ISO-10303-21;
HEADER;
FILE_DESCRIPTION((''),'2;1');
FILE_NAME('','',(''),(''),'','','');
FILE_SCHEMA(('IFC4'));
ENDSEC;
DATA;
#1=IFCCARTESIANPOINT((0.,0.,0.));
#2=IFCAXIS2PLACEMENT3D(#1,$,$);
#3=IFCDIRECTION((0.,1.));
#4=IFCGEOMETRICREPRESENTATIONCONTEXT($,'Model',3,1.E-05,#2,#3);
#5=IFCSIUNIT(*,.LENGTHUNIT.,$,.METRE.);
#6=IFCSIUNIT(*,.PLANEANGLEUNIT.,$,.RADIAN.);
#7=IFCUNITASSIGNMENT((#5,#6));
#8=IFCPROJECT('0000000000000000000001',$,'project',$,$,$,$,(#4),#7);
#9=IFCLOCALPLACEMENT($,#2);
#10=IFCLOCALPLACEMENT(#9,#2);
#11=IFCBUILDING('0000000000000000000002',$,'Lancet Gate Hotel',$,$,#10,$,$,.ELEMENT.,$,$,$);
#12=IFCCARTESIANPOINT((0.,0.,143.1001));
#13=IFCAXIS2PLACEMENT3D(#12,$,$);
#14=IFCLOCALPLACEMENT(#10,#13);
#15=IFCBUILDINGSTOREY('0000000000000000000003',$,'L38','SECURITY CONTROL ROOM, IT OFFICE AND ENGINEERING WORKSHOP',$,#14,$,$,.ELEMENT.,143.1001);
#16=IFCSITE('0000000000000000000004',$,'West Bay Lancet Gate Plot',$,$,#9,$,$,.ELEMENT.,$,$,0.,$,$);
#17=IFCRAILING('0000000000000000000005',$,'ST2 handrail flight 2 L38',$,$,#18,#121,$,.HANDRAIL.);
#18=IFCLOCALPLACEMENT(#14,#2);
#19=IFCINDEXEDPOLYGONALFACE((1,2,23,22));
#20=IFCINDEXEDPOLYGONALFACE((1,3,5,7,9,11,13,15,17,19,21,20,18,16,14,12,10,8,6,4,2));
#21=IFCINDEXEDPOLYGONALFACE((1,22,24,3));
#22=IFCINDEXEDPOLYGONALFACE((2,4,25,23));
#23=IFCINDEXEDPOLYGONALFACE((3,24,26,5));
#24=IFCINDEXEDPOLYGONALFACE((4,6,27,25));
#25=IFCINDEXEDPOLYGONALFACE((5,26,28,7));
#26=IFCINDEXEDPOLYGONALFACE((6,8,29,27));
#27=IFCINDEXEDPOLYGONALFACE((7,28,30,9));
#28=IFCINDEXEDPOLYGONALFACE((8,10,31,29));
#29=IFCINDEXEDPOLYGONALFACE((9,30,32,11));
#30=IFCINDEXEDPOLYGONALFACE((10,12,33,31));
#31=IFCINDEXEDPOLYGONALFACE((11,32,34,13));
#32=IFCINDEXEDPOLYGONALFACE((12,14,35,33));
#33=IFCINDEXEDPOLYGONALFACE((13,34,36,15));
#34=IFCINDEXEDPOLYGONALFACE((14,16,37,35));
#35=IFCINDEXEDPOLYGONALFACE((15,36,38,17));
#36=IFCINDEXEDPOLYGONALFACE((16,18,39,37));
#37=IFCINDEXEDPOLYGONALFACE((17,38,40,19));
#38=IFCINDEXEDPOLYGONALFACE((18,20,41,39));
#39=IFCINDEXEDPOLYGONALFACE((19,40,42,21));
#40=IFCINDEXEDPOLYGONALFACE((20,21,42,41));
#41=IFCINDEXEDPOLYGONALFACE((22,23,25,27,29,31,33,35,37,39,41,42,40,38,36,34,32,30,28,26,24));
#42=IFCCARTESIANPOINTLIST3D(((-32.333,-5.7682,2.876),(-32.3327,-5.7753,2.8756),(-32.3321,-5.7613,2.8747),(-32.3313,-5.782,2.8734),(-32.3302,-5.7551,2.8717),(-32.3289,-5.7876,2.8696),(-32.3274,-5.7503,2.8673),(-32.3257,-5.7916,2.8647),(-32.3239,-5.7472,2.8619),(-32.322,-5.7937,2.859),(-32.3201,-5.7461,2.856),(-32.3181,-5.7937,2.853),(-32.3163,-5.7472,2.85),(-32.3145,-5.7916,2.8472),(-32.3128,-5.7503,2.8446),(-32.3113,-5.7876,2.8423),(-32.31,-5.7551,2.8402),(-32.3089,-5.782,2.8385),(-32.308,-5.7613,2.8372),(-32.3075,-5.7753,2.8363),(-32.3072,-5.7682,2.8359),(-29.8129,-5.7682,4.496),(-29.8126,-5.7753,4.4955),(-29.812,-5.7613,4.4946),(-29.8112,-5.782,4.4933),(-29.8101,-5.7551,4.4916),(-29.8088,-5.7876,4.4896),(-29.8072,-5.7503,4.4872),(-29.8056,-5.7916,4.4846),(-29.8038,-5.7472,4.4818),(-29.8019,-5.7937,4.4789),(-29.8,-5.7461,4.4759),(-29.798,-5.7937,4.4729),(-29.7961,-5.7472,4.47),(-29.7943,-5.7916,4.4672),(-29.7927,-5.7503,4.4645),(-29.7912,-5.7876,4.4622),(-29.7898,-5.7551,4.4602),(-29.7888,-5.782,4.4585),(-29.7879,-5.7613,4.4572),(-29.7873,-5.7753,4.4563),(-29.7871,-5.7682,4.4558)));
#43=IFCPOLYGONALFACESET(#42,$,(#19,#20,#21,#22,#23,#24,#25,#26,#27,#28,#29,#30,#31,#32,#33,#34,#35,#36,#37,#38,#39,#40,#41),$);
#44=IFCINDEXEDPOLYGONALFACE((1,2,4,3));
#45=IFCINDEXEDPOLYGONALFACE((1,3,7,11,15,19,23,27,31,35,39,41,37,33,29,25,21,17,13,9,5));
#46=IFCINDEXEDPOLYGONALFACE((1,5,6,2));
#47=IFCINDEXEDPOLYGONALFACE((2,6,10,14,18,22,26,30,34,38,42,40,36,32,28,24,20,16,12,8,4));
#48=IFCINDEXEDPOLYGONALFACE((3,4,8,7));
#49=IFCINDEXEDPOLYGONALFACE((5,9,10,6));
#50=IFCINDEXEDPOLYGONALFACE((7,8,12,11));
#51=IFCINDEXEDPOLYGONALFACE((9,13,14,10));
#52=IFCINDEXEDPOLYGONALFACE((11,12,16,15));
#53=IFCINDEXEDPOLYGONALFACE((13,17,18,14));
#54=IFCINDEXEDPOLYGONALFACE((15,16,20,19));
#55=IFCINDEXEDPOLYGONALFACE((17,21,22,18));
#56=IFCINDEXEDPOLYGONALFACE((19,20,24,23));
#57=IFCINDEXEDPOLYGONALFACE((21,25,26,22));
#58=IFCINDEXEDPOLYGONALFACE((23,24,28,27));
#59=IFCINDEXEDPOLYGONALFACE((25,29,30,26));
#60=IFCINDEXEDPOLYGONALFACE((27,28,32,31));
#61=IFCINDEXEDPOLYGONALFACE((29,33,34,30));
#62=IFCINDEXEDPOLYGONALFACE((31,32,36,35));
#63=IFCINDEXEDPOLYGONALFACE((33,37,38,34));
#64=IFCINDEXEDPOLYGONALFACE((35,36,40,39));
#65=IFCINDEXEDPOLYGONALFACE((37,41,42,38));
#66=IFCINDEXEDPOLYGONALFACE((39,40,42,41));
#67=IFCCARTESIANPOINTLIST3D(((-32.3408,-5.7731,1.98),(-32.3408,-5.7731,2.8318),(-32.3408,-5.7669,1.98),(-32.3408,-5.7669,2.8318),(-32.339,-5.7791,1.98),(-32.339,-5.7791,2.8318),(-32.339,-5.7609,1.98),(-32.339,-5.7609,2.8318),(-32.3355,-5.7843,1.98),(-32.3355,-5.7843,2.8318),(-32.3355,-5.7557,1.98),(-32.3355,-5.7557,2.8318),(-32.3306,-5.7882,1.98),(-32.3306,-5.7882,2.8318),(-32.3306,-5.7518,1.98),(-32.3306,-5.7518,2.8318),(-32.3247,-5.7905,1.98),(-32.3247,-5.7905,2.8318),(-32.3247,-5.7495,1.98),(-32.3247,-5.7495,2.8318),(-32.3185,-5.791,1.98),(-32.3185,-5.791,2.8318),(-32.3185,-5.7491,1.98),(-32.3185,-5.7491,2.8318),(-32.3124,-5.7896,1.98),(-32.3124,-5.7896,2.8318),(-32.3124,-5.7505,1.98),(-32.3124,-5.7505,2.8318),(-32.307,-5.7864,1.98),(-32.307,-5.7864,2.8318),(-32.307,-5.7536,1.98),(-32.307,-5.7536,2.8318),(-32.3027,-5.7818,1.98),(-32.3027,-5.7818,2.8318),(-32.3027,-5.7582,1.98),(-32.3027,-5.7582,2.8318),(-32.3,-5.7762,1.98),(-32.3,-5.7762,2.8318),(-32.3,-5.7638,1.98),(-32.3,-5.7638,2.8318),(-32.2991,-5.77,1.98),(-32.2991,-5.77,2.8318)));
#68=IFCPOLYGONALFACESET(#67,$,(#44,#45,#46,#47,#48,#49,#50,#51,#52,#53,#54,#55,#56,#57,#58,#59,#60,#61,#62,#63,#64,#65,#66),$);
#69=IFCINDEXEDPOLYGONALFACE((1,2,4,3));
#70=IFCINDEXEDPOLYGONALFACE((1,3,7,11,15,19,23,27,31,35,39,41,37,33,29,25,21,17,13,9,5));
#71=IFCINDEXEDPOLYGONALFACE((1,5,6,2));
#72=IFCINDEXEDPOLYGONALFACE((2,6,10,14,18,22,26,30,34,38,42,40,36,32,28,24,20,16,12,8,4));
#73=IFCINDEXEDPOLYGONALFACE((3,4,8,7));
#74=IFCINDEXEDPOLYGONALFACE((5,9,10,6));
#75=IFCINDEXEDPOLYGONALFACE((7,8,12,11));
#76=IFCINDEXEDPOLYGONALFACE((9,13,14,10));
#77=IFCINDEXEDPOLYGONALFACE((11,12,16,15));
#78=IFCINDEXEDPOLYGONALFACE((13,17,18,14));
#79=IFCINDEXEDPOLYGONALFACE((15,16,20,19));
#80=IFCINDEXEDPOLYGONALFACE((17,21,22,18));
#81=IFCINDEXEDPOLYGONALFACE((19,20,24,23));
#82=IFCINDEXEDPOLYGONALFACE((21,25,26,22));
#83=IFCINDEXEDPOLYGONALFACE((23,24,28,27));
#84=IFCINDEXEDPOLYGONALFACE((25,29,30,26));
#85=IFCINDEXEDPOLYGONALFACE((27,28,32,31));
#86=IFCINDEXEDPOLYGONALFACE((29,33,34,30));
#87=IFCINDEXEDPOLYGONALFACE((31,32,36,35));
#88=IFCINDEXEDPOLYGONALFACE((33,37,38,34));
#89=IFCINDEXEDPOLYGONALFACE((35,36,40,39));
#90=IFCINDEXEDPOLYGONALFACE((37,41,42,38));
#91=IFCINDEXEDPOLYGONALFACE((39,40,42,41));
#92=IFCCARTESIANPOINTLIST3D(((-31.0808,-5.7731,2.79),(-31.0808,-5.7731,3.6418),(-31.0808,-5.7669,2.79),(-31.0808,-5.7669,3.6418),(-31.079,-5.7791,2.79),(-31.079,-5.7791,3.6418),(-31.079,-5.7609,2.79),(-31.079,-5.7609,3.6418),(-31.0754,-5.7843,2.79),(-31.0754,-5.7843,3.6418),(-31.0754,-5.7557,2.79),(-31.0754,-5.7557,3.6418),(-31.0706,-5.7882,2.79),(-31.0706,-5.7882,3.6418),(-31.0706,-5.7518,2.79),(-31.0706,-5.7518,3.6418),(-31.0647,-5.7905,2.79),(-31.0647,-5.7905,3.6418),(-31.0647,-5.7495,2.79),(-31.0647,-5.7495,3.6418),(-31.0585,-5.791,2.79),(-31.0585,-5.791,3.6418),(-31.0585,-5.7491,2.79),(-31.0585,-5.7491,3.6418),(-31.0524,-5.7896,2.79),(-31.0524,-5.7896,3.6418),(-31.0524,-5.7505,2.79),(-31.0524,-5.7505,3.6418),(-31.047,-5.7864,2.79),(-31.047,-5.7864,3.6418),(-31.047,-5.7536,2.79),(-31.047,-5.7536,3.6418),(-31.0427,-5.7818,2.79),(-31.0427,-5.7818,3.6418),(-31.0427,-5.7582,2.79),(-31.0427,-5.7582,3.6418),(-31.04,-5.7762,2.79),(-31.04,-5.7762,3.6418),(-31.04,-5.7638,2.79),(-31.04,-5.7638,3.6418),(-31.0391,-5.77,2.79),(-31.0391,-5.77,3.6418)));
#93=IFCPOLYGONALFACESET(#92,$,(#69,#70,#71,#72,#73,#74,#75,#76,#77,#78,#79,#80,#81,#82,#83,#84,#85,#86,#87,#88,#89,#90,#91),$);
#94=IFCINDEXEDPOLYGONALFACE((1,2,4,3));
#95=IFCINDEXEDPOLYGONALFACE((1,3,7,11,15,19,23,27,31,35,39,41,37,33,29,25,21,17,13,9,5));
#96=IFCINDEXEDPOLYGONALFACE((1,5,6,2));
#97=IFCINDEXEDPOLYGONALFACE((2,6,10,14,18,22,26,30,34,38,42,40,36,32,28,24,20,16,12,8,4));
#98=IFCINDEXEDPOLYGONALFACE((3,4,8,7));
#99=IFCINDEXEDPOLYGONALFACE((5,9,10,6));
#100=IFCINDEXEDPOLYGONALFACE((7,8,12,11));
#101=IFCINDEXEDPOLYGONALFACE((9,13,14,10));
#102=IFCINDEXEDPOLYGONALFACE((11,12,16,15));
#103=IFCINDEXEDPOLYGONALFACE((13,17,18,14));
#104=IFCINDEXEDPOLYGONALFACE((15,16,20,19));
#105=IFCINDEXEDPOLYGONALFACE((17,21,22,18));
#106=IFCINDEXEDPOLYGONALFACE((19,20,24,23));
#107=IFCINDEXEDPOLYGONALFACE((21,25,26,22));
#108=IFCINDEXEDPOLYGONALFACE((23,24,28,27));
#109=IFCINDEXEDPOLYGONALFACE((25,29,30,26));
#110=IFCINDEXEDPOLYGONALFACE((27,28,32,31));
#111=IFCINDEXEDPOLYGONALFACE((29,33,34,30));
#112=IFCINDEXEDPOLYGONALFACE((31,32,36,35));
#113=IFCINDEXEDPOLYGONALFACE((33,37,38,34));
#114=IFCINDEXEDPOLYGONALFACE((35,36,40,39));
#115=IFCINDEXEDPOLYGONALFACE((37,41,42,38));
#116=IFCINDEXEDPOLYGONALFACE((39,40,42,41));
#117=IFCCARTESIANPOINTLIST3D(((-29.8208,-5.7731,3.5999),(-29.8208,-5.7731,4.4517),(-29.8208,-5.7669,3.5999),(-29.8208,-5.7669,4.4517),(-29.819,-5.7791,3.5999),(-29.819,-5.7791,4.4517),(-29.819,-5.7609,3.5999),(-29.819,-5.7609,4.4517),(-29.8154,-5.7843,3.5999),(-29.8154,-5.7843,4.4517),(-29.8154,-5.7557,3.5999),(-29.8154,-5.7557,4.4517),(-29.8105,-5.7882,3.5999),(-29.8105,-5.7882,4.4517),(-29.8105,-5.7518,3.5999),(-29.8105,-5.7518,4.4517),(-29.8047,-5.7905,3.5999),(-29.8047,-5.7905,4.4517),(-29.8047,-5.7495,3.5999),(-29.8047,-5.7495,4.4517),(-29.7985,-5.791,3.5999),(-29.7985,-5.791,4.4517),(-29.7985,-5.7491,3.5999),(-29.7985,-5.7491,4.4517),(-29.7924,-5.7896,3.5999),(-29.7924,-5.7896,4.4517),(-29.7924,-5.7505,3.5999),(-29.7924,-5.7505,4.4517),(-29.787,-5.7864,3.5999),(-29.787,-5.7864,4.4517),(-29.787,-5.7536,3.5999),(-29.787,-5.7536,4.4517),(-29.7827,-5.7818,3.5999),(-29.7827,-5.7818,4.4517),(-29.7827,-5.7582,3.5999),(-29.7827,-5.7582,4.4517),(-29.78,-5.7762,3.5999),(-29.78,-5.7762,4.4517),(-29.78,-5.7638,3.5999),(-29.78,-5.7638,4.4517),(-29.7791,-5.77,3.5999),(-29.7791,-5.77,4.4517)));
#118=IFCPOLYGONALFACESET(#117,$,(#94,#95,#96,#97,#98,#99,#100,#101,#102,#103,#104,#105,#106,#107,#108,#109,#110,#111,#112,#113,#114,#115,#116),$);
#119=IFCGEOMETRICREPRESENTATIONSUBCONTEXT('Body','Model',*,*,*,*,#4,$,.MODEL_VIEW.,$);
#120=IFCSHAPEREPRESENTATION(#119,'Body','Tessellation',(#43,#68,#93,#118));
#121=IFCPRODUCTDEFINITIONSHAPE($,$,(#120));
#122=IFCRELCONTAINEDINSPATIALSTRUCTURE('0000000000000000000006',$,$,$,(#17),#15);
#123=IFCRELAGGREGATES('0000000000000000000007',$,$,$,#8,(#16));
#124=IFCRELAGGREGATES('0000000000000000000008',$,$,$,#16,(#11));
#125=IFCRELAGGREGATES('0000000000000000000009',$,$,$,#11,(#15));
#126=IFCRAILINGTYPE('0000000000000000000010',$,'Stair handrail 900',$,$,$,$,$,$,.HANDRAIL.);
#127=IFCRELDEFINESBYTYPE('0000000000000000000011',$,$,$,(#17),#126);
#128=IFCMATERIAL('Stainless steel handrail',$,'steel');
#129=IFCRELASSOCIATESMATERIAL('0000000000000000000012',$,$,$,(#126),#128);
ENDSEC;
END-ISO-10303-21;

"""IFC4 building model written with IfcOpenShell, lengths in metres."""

from ifc_helpers import new_model, si_unit, direction, frame, origin, origin_2d, place, context, subcontext, project, spatial, circle, extrude, material, type_object, element, save


model = new_model("IFC4")

# Units and contexts
model_context = context("Model", 3, precision=1e-05, world=origin(), true_north=direction((0.0, 1.0)))
body_context = subcontext(model_context, "Body", "Model", "MODEL_VIEW")
ifc_project = project(units=[si_unit("LENGTHUNIT", "METRE"), si_unit("PLANEANGLEUNIT", "RADIAN")], contexts=[model_context])

# Site, building, storey
site_placement = place(None, origin())
site = spatial("IfcSite", under=ifc_project, at=site_placement, Name="West Bay Lancet Gate Plot", CompositionType="ELEMENT", RefElevation=0.0)
building_placement = place(site_placement, origin())
building = spatial("IfcBuilding", under=site, at=building_placement, Name="Lancet Gate Hotel", CompositionType="ELEMENT")
storey_placement = place(building_placement, frame((0.0, 0.0, 143.1001)))
storey = spatial("IfcBuildingStorey", under=building, at=storey_placement, Name="L38", Description="SECURITY CONTROL ROOM, IT OFFICE AND ENGINEERING WORKSHOP", CompositionType="ELEMENT", Elevation=143.1001)

# Railing
ifc_material_1 = material(Name="Stainless steel handrail", Category="steel")
railing_type = type_object("IfcRailingType", Name="Stair handrail 900", PredefinedType="HANDRAIL", material=ifc_material_1)
railing_1_placement = place(storey_placement, frame((-32.3201, -5.77, 1.98)))
element("IfcRailing", 1, at=railing_1_placement, inside=storey, type_object=railing_type, Name="ST2 handrail flight 2 L38", PredefinedType="HANDRAIL", context=body_context, shape_type="SweptSolid", body=[
    extrude(circle(Radius=0.0239, at=origin_2d()), frame((0.0, 0.0, 0.876), z_axis=(0.8412, 0.0, 0.540725), x_axis=(0.0, 1.0, 0.0)), (0.0, 0.0, 1.0), 2.9958),
    extrude(circle(Radius=0.021, at=origin_2d()), origin(), (0.0, 0.0, 1.0), 0.8518),
    extrude(circle(Radius=0.021, at=origin_2d()), frame((1.26, 0.0, 0.8101)), (0.0, 0.0, 1.0), 0.8518),
    extrude(circle(Radius=0.021, at=origin_2d()), frame((2.52, 0.0, 1.6199)), (0.0, 0.0, 1.0), 0.8518),
])

save(model, "model.ifc")
